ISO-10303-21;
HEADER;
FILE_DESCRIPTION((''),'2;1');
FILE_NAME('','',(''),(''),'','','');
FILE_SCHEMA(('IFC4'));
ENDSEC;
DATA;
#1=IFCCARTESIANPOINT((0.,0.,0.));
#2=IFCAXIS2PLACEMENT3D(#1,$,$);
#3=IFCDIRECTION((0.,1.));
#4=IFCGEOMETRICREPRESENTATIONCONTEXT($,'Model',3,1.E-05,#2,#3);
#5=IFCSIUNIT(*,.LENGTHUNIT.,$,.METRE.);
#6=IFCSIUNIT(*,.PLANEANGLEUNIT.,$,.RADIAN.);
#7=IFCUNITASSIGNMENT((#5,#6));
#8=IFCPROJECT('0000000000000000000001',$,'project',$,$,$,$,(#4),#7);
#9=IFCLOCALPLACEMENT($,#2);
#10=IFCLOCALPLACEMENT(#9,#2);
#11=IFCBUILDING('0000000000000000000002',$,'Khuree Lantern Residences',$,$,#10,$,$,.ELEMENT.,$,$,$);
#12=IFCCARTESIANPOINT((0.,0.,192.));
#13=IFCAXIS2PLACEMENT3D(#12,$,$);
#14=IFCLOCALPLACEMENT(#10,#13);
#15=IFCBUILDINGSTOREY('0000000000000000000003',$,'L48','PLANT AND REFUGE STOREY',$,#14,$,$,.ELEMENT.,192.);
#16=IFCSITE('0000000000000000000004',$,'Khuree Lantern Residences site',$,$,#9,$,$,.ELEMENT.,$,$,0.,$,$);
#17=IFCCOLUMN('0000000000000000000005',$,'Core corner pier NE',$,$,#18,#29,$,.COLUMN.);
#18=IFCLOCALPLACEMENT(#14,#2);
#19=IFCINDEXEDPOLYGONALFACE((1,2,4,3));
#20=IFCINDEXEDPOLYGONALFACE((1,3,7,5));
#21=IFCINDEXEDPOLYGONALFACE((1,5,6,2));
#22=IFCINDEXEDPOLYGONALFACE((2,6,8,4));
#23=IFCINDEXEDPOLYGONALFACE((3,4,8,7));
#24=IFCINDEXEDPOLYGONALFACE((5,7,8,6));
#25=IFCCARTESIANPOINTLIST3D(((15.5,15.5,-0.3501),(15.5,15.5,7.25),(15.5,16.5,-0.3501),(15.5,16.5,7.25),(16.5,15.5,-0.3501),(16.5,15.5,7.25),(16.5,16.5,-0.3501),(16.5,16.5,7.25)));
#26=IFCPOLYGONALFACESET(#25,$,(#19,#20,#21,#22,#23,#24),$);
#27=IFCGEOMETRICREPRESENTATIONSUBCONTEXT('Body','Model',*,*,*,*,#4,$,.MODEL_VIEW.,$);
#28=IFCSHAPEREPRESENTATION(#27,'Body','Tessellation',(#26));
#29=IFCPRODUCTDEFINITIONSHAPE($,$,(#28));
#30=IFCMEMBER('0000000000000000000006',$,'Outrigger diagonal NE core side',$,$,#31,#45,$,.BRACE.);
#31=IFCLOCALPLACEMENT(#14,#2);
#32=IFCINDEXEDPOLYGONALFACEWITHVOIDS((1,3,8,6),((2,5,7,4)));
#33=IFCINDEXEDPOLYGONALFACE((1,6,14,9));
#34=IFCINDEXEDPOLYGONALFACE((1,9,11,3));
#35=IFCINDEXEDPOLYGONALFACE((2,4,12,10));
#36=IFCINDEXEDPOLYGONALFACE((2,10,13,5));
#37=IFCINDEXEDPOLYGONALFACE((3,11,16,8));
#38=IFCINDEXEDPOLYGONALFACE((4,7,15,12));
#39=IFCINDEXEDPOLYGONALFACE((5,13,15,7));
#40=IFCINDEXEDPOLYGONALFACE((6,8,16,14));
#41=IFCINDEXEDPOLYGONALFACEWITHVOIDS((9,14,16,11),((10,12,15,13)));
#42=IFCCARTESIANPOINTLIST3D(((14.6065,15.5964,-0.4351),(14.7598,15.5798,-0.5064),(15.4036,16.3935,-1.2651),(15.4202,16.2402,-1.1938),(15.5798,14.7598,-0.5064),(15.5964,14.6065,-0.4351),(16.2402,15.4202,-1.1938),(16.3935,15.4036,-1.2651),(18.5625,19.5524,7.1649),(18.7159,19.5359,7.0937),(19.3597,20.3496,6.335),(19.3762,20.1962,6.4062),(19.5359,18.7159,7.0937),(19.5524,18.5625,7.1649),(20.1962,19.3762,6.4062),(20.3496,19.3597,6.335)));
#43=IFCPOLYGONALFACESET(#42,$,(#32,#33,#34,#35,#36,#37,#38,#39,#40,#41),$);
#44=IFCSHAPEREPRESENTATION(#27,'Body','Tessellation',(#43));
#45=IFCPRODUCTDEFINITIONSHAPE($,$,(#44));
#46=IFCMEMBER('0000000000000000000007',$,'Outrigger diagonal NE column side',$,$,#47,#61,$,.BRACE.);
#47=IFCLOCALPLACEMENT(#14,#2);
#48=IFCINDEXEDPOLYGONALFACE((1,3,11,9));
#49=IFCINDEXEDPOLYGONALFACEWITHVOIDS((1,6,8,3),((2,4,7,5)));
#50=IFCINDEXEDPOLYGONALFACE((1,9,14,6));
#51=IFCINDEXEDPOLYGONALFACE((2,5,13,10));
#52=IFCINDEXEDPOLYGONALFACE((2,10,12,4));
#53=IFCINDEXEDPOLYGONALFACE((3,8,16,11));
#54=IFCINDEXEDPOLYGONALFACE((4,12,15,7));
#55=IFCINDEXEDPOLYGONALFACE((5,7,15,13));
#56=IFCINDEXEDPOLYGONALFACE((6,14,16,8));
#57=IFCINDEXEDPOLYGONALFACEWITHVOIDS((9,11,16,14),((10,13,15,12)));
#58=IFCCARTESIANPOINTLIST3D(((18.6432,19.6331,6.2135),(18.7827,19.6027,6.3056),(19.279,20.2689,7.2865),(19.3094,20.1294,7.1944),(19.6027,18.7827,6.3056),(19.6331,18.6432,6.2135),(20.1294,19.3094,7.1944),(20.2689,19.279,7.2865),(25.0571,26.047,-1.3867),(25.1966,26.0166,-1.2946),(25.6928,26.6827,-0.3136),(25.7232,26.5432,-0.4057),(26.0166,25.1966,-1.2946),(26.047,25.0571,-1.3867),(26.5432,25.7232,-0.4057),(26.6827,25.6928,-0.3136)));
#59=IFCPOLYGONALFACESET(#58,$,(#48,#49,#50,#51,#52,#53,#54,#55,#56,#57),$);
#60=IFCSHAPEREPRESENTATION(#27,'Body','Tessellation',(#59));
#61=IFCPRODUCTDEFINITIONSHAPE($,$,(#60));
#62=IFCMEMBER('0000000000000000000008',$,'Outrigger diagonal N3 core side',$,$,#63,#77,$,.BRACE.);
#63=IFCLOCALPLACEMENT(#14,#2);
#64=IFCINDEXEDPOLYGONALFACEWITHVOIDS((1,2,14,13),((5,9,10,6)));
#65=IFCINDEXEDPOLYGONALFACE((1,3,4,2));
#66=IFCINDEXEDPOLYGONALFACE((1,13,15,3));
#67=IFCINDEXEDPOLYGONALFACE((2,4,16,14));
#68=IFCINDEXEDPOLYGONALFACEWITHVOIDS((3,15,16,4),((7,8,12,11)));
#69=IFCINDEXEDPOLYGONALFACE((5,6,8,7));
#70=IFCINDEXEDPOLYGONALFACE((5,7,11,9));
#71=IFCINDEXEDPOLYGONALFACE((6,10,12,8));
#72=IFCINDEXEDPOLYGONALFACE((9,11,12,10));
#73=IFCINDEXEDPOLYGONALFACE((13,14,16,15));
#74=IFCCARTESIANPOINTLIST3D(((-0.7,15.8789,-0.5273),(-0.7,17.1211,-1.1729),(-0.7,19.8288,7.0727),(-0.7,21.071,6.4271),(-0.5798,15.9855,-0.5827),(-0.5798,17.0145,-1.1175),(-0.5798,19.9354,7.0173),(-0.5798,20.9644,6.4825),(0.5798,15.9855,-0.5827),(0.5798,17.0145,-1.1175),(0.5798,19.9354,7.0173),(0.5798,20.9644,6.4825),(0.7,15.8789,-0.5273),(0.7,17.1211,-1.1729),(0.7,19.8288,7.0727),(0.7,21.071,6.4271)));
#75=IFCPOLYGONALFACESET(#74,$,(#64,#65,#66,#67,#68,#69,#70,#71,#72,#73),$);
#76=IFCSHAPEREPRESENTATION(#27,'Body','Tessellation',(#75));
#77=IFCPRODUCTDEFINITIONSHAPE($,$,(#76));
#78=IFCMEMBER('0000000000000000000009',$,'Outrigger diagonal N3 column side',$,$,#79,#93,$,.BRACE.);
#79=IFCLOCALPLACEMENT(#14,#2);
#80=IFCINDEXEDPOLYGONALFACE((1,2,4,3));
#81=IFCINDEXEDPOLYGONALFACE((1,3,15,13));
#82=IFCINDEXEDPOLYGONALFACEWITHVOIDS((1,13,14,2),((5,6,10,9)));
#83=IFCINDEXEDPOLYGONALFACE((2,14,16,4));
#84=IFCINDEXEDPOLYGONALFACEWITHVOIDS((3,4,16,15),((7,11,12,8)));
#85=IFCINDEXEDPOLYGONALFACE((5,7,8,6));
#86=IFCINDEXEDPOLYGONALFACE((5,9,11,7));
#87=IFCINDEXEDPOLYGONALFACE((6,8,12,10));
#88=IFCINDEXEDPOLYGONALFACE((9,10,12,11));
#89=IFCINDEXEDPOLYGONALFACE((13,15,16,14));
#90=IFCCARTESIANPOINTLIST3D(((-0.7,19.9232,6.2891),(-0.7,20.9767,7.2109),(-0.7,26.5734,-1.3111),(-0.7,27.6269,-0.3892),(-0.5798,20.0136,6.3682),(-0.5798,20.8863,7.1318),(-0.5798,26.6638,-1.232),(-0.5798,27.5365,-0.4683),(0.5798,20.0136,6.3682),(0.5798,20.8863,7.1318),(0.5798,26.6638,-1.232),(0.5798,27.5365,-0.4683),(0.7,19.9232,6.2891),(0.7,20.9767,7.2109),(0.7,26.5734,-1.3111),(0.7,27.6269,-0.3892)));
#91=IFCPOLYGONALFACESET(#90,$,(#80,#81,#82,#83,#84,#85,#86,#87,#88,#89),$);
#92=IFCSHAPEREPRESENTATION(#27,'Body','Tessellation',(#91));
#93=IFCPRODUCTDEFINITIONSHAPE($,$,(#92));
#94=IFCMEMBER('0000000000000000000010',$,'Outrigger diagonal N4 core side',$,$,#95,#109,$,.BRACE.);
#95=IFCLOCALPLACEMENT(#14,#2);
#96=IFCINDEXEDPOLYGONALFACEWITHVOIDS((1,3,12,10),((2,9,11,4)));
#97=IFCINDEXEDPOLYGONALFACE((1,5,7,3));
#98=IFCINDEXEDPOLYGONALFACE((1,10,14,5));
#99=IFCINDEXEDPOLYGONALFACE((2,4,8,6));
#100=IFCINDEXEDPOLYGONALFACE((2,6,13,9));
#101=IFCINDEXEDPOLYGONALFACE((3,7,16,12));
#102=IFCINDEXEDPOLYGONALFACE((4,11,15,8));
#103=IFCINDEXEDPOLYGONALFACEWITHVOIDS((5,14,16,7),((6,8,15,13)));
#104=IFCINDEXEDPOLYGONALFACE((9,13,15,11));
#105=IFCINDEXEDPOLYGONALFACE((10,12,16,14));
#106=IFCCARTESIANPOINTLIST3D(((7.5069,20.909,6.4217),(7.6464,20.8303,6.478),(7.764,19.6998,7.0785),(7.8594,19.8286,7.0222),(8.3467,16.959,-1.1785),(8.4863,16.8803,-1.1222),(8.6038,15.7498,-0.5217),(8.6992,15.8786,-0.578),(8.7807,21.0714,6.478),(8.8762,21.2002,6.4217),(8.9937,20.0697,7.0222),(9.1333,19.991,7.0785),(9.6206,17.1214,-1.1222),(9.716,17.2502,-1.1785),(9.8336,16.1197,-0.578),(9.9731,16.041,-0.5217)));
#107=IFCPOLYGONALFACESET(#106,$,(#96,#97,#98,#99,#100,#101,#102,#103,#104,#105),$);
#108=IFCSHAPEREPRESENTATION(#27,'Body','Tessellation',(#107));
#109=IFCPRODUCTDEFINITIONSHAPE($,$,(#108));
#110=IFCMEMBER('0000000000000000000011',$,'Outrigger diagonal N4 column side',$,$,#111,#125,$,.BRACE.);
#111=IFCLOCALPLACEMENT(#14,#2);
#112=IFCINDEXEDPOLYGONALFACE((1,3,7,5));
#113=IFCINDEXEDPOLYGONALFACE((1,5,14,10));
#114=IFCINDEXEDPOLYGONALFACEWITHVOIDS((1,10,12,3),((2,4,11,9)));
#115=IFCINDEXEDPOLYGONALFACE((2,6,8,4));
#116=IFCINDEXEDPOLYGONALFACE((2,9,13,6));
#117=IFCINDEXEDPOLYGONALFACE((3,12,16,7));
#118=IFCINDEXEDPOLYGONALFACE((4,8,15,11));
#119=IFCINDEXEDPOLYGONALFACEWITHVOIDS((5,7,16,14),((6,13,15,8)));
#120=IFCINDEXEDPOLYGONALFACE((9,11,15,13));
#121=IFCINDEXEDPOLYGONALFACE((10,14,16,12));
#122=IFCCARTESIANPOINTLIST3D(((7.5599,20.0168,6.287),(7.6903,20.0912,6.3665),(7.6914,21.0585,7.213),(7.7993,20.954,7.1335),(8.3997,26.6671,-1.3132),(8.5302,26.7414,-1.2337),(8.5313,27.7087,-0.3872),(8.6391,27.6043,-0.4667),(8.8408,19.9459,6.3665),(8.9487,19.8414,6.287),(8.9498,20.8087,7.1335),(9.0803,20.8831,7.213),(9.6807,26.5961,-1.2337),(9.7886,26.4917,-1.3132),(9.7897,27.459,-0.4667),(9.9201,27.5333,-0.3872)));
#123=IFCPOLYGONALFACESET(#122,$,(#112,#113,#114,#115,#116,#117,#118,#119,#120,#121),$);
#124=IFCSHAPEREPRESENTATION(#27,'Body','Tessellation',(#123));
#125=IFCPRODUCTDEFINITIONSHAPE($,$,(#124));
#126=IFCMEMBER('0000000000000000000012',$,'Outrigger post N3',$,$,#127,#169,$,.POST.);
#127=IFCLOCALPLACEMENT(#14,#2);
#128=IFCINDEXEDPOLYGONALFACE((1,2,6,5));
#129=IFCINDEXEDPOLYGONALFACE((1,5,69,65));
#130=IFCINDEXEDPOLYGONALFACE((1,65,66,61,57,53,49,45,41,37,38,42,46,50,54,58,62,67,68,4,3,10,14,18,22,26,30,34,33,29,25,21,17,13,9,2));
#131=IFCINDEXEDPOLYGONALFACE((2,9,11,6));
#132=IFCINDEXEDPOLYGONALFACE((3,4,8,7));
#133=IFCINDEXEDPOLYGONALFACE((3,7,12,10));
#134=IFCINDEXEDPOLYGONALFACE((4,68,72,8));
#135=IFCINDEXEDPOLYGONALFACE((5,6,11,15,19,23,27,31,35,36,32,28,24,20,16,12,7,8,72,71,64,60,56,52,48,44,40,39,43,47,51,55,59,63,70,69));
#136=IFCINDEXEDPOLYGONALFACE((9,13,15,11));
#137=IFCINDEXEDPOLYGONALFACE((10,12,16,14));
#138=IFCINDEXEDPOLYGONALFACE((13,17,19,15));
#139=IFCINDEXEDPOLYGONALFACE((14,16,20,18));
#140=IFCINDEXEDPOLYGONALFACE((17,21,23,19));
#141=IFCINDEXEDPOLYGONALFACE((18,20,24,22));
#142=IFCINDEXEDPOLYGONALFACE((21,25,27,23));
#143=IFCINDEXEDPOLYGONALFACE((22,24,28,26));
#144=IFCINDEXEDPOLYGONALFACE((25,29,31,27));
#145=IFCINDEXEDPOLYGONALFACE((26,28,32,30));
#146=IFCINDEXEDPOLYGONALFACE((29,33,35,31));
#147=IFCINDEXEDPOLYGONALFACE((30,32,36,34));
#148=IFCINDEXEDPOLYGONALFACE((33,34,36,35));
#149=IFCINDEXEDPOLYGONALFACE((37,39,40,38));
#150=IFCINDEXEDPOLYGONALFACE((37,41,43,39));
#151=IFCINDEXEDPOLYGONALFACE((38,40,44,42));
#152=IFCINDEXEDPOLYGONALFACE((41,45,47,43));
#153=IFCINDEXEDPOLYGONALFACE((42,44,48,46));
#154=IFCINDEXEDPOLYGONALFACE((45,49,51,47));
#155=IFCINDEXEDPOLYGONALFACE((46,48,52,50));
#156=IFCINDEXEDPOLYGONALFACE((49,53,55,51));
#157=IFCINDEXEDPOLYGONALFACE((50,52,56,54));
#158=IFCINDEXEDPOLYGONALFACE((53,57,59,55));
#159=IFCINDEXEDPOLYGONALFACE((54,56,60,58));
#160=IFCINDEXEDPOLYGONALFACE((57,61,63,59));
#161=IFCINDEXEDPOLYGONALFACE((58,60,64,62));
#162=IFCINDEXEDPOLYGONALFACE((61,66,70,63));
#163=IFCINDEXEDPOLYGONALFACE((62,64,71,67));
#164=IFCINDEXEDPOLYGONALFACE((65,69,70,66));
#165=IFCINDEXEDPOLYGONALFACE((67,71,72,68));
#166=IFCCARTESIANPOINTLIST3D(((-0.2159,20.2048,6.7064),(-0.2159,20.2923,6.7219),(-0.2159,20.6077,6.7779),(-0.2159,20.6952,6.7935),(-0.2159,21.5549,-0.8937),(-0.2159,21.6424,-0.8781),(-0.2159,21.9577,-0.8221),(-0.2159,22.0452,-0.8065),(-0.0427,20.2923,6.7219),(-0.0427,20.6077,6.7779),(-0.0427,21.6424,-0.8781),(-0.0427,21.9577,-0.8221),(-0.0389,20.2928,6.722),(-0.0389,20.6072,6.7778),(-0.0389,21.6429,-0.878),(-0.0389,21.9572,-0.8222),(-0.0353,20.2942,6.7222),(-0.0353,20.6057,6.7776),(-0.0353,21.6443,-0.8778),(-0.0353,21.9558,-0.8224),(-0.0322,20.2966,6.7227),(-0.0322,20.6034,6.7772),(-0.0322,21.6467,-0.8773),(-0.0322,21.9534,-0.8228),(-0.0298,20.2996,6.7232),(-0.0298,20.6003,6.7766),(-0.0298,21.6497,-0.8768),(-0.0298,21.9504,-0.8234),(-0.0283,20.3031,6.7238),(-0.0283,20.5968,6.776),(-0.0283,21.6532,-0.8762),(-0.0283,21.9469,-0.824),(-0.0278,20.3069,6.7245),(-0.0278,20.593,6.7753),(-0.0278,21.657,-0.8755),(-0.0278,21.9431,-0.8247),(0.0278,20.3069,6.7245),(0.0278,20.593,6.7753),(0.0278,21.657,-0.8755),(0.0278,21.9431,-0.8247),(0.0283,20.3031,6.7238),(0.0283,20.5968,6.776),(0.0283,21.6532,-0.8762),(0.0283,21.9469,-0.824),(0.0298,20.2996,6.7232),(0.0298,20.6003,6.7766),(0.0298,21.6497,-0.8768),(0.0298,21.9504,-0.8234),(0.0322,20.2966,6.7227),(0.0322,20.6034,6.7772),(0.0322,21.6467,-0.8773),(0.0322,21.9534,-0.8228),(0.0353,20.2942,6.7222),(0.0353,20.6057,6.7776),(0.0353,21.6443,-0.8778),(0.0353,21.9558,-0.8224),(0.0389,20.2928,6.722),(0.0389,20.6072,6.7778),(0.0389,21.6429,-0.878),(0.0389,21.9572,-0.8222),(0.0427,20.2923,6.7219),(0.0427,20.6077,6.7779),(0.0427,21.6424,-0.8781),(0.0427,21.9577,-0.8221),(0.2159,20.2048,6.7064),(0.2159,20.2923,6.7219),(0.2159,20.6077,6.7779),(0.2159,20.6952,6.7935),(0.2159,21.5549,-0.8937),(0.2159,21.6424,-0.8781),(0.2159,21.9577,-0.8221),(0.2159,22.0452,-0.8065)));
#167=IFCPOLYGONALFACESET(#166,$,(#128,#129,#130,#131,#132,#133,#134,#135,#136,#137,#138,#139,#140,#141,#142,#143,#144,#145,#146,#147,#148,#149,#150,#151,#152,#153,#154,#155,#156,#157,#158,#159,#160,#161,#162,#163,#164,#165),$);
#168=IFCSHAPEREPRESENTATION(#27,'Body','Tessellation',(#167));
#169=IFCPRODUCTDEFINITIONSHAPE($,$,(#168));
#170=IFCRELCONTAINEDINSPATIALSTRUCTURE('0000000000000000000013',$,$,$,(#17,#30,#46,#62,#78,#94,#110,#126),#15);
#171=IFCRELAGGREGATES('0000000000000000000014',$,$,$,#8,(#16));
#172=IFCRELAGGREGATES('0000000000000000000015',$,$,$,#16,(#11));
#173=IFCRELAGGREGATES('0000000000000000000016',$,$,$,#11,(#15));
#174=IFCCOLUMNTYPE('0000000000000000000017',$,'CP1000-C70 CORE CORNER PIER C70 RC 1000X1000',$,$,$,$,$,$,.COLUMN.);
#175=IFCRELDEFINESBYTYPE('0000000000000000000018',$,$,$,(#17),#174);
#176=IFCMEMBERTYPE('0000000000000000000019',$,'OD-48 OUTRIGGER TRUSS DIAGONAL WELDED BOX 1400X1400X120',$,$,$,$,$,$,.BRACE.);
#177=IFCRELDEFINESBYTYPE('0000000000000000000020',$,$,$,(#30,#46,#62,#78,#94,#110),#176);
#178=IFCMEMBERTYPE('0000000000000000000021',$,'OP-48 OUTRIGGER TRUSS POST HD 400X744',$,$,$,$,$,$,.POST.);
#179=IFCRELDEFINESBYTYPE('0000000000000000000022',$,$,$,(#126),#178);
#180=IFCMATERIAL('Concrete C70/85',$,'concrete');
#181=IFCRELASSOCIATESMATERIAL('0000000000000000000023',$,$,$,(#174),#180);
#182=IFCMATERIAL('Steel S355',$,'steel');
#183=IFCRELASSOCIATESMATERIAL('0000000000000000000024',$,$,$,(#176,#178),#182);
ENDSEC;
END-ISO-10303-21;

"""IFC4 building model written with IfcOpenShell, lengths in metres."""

from ifc_helpers import new_model, si_unit, direction, frame, origin, origin_2d, place, context, subcontext, project, spatial, rectangle, hollow_rectangle, i_section, extrude, material, material_profile, profile_set, type_object, element, save


model = new_model("IFC4")

# Units and contexts
model_context = context("Model", 3, precision=1e-05, world=origin(), true_north=direction((0.0, 1.0)))
body_context = subcontext(model_context, "Body", "Model", "MODEL_VIEW")
ifc_project = project(units=[si_unit("LENGTHUNIT", "METRE"), si_unit("PLANEANGLEUNIT", "RADIAN")], contexts=[model_context])

# Site, building, storey
site_placement = place(None, origin())
site = spatial("IfcSite", under=ifc_project, at=site_placement, Name="Khuree Lantern Residences site", CompositionType="ELEMENT", RefElevation=0.0)
building_placement = place(site_placement, origin())
building = spatial("IfcBuilding", under=site, at=building_placement, Name="Khuree Lantern Residences", CompositionType="ELEMENT")
storey_placement = place(building_placement, frame((0.0, 0.0, 192.0)))
storey = spatial("IfcBuildingStorey", under=building, at=storey_placement, Name="L48", Description="PLANT AND REFUGE STOREY", CompositionType="ELEMENT", Elevation=192.0)

# Column
ifc_material_1 = material(Name="Concrete C70/85", Category="concrete")
ifc_material_profile_1 = material_profile(ifc_material_1, rectangle(XDim=1.0, YDim=1.0, at=origin_2d()), Name="RC 1000X1000")
ifc_profile_set_1 = profile_set([ifc_material_profile_1], Name="Concrete C70/85")
column_type = type_object("IfcColumnType", Name="CP1000-C70 CORE CORNER PIER C70 RC 1000X1000", PredefinedType="COLUMN", material=ifc_profile_set_1)
column_placement = place(storey_placement, frame((16.0, 16.0, -0.3501), z_axis=(0.0, 0.0, 1.0), x_axis=(1.0, 0.0, 0.0)))
element("IfcColumn", 1, at=column_placement, inside=storey, type_object=column_type, Name="Core corner pier NE", PredefinedType="COLUMN", context=body_context, shape_type="SweptSolid", body=[
    extrude(rectangle(XDim=1.0, YDim=1.0, at=origin_2d()), origin(), (0.0, 0.0, 1.0), 7.6001),
])

# Members
ifc_material_2 = material(Name="Steel S355", Category="steel")
ifc_material_profile_2 = material_profile(ifc_material_2, hollow_rectangle(XDim=1.3999, YDim=1.3999, WallThickness=0.1201, at=origin_2d()), Name="WELDED BOX 1400X1400X120")
ifc_profile_set_2 = profile_set([ifc_material_profile_2], Name="Steel S355")
member_type_1 = type_object("IfcMemberType", Name="OD-48 OUTRIGGER TRUSS DIAGONAL WELDED BOX 1400X1400X120", PredefinedType="BRACE", material=ifc_profile_set_2)
member_1_placement = place(storey_placement, frame((15.5, 15.5, -0.8501), z_axis=(0.419194, 0.419194, 0.805327), x_axis=(-0.707107, 0.707107, 0.0)))
element("IfcMember", 2, at=member_1_placement, inside=storey, type_object=member_type_1, Name="Outrigger diagonal NE core side", PredefinedType="BRACE", context=body_context, shape_type="SweptSolid", body=[
    extrude(hollow_rectangle(XDim=1.3999, YDim=1.3999, WallThickness=0.1201, at=origin_2d()), origin(), (0.0, 0.0, 1.0), 9.4373),
])
member_2_placement = place(storey_placement, frame((19.4561, 19.4561, 6.75), z_axis=(0.541998, 0.541998, -0.642244), x_axis=(-0.707107, 0.707107, 0.0)))
element("IfcMember", 3, at=member_2_placement, inside=storey, type_object=member_type_1, Name="Outrigger diagonal NE column side", PredefinedType="BRACE", context=body_context, shape_type="SweptSolid", body=[
    extrude(hollow_rectangle(XDim=1.3999, YDim=1.3999, WallThickness=0.1201, at=origin_2d()), origin(), (0.0, 0.0, 1.0), 11.8337),
])
member_3_placement = place(storey_placement, frame((0.0, 16.5, -0.8501), z_axis=(0.0, 0.46116, 0.887317), x_axis=(-1.0, 0.0, 0.0)))
element("IfcMember", 4, at=member_3_placement, inside=storey, type_object=member_type_1, Name="Outrigger diagonal N3 core side", PredefinedType="BRACE", context=body_context, shape_type="SweptSolid", body=[
    extrude(hollow_rectangle(XDim=1.3999, YDim=1.3999, WallThickness=0.1201, at=origin_2d()), origin(), (0.0, 0.0, 1.0), 8.5652),
])
member_4_placement = place(storey_placement, frame((0.0, 20.45, 6.75), z_axis=(0.0, 0.658508, -0.752574), x_axis=(-1.0, 0.0, 0.0)))
element("IfcMember", 5, at=member_4_placement, inside=storey, type_object=member_type_1, Name="Outrigger diagonal N3 column side", PredefinedType="BRACE", context=body_context, shape_type="SweptSolid", body=[
    extrude(hollow_rectangle(XDim=1.3999, YDim=1.3999, WallThickness=0.1201, at=origin_2d()), origin(), (0.0, 0.0, 1.0), 10.0989),
])
member_5_placement = place(storey_placement, frame((9.1599, 16.5, -0.8501), z_axis=(-0.097584, 0.458959, 0.883082), x_axis=(-0.978135, -0.207972, 0.0)))
element("IfcMember", 6, at=member_5_placement, inside=storey, type_object=member_type_1, Name="Outrigger diagonal N4 core side", PredefinedType="BRACE", context=body_context, shape_type="SweptSolid", body=[
    extrude(hollow_rectangle(XDim=1.3999, YDim=1.3999, WallThickness=0.1201, at=origin_2d()), origin(), (0.0, 0.0, 1.0), 8.6064),
])
member_6_placement = place(storey_placement, frame((8.3201, 20.45, 6.75), z_axis=(0.082877, 0.656243, -0.749985), x_axis=(-0.99212, 0.125294, 0.0)))
element("IfcMember", 7, at=member_6_placement, inside=storey, type_object=member_type_1, Name="Outrigger diagonal N4 column side", PredefinedType="BRACE", context=body_context, shape_type="SweptSolid", body=[
    extrude(hollow_rectangle(XDim=1.3999, YDim=1.3999, WallThickness=0.1201, at=origin_2d()), origin(), (0.0, 0.0, 1.0), 10.1338),
])
ifc_material_profile_3 = material_profile(ifc_material_2, i_section(OverallWidth=0.4319, OverallDepth=0.498, WebThickness=0.0557, FlangeThickness=0.0889, FilletRadius=0.0149, at=origin_2d()), Name="HD 400X744")
ifc_profile_set_3 = profile_set([ifc_material_profile_3], Name="Steel S355")
member_type_2 = type_object("IfcMemberType", Name="OP-48 OUTRIGGER TRUSS POST HD 400X744", PredefinedType="POST", material=ifc_profile_set_3)
member_7_placement = place(storey_placement, frame((0.0, 21.8, -0.8501), z_axis=(0.0, -0.174904, 0.984586), x_axis=(1.0, 0.0, 0.0)))
element("IfcMember", 8, at=member_7_placement, inside=storey, type_object=member_type_2, Name="Outrigger post N3", PredefinedType="POST", context=body_context, shape_type="SweptSolid", body=[
    extrude(i_section(OverallWidth=0.4319, OverallDepth=0.498, WebThickness=0.0557, FlangeThickness=0.0889, FilletRadius=0.0149, at=origin_2d()), origin(), (0.0, 0.0, 1.0), 7.719),
])

save(model, "model.ifc")
